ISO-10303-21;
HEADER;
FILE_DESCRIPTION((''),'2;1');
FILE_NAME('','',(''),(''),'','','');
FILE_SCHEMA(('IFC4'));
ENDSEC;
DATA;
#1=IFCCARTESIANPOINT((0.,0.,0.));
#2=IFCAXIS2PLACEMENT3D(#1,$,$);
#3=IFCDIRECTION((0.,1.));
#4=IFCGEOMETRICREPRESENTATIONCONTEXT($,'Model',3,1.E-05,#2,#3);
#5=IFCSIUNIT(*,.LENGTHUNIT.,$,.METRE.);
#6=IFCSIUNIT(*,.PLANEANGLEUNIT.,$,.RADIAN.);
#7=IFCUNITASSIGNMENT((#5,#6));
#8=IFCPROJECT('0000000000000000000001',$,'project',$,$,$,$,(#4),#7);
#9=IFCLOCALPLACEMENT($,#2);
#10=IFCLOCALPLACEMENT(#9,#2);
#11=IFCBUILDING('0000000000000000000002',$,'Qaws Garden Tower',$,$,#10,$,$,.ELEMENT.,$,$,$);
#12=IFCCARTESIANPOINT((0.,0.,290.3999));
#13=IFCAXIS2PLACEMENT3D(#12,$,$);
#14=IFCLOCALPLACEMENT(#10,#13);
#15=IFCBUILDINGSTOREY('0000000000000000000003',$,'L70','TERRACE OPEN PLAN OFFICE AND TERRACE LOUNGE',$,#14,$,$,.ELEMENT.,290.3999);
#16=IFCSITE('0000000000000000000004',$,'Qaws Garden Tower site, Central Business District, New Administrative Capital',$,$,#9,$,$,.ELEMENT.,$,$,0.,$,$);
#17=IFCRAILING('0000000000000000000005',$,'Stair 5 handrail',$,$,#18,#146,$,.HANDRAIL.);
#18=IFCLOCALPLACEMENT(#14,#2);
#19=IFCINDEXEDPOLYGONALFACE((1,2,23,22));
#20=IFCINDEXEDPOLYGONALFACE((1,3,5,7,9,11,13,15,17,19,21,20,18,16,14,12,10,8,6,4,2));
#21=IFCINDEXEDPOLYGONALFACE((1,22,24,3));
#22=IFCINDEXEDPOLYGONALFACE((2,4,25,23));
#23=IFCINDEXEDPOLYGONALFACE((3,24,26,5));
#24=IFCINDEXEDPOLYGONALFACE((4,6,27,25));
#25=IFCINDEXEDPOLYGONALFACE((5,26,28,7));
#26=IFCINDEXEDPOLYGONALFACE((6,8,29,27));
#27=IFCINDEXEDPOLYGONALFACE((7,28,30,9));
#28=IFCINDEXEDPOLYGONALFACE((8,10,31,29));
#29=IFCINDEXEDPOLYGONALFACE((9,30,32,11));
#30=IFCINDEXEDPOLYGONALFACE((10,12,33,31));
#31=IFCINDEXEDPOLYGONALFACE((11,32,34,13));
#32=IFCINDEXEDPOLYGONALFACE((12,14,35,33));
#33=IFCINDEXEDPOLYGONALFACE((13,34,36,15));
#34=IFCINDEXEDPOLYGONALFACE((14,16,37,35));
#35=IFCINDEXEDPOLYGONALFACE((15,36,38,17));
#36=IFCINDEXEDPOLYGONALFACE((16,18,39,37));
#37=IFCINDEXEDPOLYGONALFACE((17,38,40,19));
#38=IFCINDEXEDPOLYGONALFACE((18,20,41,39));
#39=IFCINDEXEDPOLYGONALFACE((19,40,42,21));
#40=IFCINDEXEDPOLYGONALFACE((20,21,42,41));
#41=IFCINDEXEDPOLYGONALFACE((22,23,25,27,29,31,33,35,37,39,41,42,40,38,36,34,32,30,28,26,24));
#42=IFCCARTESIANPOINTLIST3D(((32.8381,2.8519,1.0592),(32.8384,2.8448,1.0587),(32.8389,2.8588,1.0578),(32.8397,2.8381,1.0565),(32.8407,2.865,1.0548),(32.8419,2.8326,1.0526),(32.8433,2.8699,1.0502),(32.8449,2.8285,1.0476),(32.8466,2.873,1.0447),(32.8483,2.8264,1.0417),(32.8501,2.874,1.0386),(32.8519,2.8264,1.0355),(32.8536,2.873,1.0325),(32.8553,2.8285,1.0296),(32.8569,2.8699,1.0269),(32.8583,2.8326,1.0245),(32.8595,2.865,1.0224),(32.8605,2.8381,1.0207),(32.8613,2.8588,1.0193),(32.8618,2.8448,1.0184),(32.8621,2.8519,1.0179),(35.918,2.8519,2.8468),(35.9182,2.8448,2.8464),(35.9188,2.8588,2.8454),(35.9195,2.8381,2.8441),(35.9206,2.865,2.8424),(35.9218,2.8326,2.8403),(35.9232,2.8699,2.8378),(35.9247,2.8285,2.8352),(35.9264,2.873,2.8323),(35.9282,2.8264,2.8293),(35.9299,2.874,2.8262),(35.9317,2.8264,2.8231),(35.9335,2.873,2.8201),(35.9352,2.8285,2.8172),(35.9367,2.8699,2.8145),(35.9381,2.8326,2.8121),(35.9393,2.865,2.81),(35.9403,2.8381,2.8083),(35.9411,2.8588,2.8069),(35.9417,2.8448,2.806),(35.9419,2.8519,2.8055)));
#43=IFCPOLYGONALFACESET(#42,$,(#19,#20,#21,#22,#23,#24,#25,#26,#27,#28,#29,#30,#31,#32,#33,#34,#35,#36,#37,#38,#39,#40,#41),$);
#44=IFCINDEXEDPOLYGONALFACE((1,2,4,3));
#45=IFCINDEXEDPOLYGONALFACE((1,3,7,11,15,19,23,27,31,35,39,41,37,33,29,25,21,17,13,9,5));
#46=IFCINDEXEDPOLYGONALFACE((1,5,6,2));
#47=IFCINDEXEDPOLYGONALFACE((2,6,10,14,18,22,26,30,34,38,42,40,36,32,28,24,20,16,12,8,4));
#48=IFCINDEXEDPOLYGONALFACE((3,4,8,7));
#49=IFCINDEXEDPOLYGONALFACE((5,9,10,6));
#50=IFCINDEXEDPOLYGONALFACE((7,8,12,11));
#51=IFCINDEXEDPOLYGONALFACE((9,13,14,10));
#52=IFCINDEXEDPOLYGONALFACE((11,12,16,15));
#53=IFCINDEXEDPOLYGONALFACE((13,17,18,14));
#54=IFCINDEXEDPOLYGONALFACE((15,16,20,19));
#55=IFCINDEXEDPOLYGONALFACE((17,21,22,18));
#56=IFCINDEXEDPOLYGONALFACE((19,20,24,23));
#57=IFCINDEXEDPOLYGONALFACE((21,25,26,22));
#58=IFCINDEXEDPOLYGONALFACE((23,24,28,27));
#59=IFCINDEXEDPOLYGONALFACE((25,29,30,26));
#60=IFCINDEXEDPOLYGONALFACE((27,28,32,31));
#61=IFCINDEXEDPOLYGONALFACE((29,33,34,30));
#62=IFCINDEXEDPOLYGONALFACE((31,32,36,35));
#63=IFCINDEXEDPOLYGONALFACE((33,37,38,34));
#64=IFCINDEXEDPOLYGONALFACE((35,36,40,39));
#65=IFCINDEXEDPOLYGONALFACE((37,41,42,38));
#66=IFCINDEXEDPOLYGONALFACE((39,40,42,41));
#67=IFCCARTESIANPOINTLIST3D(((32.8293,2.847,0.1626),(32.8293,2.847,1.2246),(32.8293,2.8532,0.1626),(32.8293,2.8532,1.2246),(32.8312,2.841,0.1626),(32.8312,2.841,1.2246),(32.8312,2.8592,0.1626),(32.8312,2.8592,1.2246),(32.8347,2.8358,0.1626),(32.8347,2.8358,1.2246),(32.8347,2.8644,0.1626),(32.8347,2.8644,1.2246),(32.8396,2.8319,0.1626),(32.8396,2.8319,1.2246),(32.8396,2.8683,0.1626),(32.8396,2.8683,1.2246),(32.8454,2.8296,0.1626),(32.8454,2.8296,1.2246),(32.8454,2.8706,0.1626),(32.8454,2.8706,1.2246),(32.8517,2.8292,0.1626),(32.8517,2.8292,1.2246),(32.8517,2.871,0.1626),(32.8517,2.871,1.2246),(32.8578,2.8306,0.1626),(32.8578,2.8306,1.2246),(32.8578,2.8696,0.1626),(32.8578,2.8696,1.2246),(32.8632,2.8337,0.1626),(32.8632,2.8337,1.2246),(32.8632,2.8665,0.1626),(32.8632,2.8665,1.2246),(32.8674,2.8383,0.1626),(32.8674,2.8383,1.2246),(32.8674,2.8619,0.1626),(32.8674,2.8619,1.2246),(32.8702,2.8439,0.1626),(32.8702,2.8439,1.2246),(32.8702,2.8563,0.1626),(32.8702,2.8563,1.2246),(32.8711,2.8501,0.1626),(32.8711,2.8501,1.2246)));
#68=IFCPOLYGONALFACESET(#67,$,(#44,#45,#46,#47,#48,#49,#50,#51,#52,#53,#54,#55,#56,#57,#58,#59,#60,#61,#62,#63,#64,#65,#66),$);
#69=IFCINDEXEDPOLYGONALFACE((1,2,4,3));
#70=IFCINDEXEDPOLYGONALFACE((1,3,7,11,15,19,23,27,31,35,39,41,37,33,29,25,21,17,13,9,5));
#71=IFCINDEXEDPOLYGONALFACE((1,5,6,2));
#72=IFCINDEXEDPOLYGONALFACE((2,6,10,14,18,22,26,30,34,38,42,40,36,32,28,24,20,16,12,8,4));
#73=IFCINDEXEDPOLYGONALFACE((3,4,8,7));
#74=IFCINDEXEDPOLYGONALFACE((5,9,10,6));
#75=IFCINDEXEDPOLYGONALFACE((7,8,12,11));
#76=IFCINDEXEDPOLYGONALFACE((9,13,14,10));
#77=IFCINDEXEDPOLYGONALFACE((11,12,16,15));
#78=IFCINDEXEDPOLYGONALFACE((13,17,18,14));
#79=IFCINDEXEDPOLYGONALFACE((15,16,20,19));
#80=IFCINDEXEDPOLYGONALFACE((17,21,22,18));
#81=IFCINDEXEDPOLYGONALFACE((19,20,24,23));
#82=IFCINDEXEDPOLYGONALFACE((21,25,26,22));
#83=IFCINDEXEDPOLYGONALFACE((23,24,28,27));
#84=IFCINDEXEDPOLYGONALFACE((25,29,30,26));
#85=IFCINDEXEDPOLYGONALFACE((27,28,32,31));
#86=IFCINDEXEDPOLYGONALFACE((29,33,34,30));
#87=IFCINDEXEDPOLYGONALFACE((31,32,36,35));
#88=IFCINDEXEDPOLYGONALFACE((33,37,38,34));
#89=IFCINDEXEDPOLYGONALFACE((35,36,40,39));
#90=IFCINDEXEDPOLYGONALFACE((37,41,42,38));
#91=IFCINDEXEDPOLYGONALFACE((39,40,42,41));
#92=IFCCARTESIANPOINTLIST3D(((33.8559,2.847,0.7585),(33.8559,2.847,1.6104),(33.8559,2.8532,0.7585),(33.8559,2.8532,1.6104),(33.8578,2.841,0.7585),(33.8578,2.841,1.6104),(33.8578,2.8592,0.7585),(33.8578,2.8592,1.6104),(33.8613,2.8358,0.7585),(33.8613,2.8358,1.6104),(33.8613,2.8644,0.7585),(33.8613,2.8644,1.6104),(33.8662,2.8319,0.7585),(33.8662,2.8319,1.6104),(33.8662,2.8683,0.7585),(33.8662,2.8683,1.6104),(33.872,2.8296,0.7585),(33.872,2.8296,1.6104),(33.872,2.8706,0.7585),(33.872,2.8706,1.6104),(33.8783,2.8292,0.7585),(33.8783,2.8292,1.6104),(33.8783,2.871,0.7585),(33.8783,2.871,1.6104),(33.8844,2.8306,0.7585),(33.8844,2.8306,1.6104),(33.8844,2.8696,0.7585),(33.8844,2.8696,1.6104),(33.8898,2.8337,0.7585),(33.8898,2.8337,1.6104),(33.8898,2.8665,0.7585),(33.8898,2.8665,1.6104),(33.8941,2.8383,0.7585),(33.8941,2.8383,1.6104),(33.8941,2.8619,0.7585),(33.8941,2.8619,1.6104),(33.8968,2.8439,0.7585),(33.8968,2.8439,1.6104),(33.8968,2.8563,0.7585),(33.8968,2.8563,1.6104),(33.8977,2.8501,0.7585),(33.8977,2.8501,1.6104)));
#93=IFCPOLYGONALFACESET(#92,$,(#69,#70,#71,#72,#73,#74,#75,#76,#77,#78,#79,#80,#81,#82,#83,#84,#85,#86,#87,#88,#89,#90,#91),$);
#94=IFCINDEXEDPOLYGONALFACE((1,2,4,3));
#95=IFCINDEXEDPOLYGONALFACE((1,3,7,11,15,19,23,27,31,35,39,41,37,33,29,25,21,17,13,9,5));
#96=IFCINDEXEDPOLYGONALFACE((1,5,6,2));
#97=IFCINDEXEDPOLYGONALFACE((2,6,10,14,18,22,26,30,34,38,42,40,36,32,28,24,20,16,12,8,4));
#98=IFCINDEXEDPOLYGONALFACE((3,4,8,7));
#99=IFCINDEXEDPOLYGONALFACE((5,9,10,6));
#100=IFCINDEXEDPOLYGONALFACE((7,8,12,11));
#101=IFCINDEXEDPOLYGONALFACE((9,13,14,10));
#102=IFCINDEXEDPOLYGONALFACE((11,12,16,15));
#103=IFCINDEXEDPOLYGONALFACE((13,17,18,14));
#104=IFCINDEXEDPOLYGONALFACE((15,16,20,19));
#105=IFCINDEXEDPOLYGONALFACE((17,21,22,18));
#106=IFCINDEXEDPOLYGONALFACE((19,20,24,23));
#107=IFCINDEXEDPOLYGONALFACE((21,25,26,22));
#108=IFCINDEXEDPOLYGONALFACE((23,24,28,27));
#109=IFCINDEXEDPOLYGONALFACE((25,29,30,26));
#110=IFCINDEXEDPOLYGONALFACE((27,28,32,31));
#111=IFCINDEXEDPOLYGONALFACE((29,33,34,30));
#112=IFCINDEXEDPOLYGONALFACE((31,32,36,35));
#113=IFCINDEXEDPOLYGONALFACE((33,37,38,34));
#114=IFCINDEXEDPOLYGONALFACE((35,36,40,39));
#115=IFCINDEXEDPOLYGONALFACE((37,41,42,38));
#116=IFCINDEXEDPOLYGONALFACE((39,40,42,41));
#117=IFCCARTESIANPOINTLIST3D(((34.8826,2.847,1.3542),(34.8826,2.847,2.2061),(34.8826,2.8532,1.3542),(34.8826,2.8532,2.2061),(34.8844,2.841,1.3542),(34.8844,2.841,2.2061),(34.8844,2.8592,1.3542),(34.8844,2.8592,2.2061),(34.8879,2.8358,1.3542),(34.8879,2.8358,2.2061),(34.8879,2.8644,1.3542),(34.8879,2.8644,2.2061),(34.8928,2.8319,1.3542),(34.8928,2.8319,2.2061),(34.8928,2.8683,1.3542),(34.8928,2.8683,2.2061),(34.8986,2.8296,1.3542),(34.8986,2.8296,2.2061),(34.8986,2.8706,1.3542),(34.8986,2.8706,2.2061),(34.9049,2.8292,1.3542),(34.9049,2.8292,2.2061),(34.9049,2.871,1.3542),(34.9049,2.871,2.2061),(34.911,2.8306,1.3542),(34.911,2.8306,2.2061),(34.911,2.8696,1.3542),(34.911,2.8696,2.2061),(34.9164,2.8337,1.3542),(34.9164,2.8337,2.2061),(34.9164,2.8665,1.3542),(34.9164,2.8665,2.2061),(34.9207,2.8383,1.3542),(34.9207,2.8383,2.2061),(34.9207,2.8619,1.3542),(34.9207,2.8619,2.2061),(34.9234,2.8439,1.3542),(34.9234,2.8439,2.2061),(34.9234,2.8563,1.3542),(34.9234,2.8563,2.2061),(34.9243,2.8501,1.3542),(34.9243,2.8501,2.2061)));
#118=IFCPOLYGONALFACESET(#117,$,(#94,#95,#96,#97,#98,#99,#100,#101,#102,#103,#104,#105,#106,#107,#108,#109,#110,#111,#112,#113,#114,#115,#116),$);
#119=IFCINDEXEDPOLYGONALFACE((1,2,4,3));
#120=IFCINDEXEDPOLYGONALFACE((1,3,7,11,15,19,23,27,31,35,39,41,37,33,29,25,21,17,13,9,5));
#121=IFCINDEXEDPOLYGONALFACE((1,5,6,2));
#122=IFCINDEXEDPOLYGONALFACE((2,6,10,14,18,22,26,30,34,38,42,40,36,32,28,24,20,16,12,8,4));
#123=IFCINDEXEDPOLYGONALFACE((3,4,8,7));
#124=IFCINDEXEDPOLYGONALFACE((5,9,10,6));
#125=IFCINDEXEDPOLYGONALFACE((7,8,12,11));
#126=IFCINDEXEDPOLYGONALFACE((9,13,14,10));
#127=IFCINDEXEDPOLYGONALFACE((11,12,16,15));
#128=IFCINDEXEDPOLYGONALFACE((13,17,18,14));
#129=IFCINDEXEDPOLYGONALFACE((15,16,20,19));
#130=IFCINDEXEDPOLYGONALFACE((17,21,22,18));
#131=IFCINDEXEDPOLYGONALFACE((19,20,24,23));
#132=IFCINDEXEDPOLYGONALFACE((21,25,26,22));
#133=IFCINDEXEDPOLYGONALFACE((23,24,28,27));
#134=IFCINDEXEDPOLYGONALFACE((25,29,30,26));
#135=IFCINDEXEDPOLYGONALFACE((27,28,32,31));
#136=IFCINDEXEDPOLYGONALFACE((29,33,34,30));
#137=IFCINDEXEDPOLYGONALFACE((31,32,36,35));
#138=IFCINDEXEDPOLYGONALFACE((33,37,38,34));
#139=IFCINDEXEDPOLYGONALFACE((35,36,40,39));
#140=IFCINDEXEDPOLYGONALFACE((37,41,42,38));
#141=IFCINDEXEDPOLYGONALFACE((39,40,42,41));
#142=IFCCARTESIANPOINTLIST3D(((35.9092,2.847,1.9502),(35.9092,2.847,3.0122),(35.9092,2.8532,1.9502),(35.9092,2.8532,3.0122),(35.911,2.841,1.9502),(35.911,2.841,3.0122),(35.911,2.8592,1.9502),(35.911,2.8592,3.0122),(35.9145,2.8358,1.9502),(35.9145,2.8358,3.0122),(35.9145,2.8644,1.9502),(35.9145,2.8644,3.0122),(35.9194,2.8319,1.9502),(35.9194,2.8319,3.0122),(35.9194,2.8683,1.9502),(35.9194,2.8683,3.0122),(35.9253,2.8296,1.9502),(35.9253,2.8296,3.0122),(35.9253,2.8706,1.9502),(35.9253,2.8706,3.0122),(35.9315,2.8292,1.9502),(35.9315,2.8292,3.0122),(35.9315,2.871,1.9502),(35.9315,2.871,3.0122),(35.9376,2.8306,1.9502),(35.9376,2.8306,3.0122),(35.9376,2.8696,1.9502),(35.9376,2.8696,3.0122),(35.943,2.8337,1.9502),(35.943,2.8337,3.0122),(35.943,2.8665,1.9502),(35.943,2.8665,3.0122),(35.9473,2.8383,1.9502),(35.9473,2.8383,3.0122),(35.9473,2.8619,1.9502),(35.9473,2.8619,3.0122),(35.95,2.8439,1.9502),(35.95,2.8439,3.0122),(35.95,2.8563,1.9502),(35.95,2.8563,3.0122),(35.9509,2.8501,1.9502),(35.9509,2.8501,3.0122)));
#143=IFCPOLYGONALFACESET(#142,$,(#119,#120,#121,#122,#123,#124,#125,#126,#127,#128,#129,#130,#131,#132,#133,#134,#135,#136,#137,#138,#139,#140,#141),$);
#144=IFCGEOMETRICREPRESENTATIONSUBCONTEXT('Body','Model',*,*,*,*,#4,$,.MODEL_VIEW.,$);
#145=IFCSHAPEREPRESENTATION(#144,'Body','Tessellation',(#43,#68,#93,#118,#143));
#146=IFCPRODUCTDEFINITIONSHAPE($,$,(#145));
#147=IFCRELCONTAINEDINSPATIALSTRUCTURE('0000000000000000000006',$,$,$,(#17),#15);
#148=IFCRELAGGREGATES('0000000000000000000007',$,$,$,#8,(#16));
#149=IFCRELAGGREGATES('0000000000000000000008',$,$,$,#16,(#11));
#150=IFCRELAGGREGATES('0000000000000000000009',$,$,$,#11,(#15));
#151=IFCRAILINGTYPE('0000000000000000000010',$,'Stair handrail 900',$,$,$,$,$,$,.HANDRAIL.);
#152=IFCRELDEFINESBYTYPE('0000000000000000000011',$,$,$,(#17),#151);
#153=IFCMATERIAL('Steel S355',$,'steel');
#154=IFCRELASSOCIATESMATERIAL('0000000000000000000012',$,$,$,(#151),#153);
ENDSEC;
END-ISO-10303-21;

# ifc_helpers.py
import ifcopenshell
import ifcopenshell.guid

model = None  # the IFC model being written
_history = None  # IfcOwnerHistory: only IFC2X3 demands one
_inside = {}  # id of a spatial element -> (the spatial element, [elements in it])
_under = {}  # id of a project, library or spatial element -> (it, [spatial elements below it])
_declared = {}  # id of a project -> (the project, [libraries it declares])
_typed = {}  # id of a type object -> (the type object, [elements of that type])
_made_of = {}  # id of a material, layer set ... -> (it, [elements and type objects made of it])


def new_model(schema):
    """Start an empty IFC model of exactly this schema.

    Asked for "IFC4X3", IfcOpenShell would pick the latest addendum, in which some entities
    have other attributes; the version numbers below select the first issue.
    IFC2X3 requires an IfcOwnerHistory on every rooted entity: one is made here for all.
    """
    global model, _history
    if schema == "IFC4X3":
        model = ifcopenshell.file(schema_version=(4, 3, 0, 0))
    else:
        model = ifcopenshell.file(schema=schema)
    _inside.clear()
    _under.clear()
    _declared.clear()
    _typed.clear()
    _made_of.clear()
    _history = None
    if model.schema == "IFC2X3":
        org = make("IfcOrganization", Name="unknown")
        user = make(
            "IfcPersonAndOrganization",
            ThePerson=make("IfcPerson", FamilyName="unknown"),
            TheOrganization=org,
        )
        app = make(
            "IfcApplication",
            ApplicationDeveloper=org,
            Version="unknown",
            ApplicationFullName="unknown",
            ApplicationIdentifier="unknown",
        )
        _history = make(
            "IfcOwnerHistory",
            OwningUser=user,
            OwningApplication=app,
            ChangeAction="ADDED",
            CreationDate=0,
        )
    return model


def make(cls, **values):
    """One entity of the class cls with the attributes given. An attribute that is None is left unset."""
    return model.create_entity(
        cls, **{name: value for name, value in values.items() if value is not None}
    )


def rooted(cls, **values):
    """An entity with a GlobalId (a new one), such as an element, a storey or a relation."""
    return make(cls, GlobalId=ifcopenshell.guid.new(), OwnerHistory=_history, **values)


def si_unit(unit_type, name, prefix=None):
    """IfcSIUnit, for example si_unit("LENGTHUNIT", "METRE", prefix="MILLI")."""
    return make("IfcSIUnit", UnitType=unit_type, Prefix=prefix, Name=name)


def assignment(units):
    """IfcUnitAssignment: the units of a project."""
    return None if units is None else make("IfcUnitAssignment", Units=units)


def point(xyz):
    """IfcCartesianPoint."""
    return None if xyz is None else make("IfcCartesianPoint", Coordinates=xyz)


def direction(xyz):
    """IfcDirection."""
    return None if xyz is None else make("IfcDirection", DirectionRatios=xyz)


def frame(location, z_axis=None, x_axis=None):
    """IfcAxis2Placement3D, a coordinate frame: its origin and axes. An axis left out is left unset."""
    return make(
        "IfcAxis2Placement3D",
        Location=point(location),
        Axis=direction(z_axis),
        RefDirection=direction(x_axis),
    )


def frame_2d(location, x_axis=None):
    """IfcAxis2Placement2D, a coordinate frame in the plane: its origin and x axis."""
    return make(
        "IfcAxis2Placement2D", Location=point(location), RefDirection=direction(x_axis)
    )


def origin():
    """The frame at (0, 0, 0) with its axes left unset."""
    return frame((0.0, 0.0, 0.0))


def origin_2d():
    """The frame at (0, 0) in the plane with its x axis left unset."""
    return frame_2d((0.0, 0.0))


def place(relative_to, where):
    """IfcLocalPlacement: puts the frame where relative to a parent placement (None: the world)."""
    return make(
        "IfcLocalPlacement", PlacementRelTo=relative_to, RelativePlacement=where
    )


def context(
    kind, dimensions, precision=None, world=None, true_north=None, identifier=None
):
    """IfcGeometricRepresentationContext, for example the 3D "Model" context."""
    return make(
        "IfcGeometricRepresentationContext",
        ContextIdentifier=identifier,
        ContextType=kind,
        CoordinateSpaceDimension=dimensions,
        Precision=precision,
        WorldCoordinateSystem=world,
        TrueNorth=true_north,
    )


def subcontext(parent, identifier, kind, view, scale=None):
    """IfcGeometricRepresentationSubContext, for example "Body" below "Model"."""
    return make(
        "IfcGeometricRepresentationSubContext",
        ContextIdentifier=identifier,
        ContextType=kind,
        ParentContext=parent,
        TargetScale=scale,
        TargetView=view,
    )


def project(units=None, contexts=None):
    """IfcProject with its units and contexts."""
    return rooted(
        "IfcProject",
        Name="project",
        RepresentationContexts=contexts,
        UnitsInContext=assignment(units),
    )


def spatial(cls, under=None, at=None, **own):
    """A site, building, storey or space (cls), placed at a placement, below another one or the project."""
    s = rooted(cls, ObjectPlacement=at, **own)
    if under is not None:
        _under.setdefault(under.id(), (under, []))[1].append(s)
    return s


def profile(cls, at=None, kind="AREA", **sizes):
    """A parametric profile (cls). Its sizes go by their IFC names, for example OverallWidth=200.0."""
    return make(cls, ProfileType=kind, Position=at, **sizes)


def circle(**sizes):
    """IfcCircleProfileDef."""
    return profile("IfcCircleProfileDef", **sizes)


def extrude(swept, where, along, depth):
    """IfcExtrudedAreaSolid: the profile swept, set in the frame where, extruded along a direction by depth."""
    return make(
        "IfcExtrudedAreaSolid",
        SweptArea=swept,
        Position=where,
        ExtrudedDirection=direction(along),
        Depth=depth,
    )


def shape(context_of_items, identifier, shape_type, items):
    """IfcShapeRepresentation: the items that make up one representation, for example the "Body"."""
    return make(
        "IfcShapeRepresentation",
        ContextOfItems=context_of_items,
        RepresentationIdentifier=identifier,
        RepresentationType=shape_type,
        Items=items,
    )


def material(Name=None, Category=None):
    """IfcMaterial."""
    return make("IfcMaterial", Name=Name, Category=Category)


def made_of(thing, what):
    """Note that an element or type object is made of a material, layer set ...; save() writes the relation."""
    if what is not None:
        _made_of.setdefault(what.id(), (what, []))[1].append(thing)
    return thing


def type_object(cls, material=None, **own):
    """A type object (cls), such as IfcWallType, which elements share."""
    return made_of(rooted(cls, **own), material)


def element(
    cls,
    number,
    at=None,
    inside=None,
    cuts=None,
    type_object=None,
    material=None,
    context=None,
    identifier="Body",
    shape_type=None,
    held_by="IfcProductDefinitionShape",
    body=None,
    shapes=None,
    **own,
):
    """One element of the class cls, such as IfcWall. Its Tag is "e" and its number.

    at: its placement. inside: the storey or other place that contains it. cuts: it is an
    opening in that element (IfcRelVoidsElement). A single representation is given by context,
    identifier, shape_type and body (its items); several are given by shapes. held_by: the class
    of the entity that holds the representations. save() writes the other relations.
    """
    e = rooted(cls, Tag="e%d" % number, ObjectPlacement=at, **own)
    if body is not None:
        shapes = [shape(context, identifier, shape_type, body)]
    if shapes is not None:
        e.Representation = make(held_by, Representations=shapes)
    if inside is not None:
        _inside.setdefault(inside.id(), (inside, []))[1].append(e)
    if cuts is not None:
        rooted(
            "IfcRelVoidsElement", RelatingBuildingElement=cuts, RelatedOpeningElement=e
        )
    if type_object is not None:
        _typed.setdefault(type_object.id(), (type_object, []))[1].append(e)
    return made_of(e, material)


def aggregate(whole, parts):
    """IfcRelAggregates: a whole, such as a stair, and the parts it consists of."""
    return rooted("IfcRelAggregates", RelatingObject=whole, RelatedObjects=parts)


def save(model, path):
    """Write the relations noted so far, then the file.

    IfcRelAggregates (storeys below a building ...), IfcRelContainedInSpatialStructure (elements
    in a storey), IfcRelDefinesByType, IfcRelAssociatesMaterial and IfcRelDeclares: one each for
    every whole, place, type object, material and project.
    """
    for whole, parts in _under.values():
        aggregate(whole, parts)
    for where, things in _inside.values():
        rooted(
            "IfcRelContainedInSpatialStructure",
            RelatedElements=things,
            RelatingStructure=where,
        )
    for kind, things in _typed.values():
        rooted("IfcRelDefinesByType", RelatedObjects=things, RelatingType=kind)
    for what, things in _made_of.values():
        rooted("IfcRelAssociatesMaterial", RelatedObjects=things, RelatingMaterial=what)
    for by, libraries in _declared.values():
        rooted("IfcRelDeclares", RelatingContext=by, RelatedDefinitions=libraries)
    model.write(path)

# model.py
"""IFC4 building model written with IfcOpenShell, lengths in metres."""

from ifc_helpers import new_model, si_unit, direction, frame, origin, origin_2d, place, context, subcontext, project, spatial, circle, extrude, material, type_object, element, save


model = new_model("IFC4")

# Units and contexts
model_context = context("Model", 3, precision=1e-05, world=origin(), true_north=direction((0.0, 1.0)))
body_context = subcontext(model_context, "Body", "Model", "MODEL_VIEW")
ifc_project = project(units=[si_unit("LENGTHUNIT", "METRE"), si_unit("PLANEANGLEUNIT", "RADIAN")], contexts=[model_context])

# Site, building, storey
site_placement = place(None, origin())
site = spatial("IfcSite", under=ifc_project, at=site_placement, Name="Qaws Garden Tower site, Central Business District, New Administrative Capital", CompositionType="ELEMENT", RefElevation=0.0)
building_placement = place(site_placement, origin())
building = spatial("IfcBuilding", under=site, at=building_placement, Name="Qaws Garden Tower", CompositionType="ELEMENT")
storey_placement = place(building_placement, frame((0.0, 0.0, 290.3999)))
storey = spatial("IfcBuildingStorey", under=building, at=storey_placement, Name="L70", Description="TERRACE OPEN PLAN OFFICE AND TERRACE LOUNGE", CompositionType="ELEMENT", Elevation=290.3999)

# Railing
ifc_material_1 = material(Name="Steel S355", Category="steel")
railing_type = type_object("IfcRailingType", Name="Stair handrail 900", PredefinedType="HANDRAIL", material=ifc_material_1)
railing_1_placement = place(storey_placement, frame((32.8501, 2.8501, 0.1626)))
element("IfcRailing", 1, at=railing_1_placement, inside=storey, type_object=railing_type, Name="Stair 5 handrail", PredefinedType="HANDRAIL", context=body_context, shape_type="SweptSolid", body=[
    extrude(circle(Radius=0.0239, at=origin_2d()), frame((0.0, 0.0, 0.876), z_axis=(0.864873, 0.0, 0.50199), x_axis=(0.0, 1.0, 0.0)), (0.0, 0.0, 1.0), 3.561),
    extrude(circle(Radius=0.021, at=origin_2d()), origin(), (0.0, 0.0, 1.0), 1.062),
    extrude(circle(Radius=0.021, at=origin_2d()), frame((1.0266, 0.0, 0.5959)), (0.0, 0.0, 1.0), 0.8518),
    extrude(circle(Radius=0.021, at=origin_2d()), frame((2.0532, 0.0, 1.1917)), (0.0, 0.0, 1.0), 0.8518),
    extrude(circle(Radius=0.021, at=origin_2d()), frame((3.0798, 0.0, 1.7876)), (0.0, 0.0, 1.0), 1.062),
])

save(model, "model.ifc")
